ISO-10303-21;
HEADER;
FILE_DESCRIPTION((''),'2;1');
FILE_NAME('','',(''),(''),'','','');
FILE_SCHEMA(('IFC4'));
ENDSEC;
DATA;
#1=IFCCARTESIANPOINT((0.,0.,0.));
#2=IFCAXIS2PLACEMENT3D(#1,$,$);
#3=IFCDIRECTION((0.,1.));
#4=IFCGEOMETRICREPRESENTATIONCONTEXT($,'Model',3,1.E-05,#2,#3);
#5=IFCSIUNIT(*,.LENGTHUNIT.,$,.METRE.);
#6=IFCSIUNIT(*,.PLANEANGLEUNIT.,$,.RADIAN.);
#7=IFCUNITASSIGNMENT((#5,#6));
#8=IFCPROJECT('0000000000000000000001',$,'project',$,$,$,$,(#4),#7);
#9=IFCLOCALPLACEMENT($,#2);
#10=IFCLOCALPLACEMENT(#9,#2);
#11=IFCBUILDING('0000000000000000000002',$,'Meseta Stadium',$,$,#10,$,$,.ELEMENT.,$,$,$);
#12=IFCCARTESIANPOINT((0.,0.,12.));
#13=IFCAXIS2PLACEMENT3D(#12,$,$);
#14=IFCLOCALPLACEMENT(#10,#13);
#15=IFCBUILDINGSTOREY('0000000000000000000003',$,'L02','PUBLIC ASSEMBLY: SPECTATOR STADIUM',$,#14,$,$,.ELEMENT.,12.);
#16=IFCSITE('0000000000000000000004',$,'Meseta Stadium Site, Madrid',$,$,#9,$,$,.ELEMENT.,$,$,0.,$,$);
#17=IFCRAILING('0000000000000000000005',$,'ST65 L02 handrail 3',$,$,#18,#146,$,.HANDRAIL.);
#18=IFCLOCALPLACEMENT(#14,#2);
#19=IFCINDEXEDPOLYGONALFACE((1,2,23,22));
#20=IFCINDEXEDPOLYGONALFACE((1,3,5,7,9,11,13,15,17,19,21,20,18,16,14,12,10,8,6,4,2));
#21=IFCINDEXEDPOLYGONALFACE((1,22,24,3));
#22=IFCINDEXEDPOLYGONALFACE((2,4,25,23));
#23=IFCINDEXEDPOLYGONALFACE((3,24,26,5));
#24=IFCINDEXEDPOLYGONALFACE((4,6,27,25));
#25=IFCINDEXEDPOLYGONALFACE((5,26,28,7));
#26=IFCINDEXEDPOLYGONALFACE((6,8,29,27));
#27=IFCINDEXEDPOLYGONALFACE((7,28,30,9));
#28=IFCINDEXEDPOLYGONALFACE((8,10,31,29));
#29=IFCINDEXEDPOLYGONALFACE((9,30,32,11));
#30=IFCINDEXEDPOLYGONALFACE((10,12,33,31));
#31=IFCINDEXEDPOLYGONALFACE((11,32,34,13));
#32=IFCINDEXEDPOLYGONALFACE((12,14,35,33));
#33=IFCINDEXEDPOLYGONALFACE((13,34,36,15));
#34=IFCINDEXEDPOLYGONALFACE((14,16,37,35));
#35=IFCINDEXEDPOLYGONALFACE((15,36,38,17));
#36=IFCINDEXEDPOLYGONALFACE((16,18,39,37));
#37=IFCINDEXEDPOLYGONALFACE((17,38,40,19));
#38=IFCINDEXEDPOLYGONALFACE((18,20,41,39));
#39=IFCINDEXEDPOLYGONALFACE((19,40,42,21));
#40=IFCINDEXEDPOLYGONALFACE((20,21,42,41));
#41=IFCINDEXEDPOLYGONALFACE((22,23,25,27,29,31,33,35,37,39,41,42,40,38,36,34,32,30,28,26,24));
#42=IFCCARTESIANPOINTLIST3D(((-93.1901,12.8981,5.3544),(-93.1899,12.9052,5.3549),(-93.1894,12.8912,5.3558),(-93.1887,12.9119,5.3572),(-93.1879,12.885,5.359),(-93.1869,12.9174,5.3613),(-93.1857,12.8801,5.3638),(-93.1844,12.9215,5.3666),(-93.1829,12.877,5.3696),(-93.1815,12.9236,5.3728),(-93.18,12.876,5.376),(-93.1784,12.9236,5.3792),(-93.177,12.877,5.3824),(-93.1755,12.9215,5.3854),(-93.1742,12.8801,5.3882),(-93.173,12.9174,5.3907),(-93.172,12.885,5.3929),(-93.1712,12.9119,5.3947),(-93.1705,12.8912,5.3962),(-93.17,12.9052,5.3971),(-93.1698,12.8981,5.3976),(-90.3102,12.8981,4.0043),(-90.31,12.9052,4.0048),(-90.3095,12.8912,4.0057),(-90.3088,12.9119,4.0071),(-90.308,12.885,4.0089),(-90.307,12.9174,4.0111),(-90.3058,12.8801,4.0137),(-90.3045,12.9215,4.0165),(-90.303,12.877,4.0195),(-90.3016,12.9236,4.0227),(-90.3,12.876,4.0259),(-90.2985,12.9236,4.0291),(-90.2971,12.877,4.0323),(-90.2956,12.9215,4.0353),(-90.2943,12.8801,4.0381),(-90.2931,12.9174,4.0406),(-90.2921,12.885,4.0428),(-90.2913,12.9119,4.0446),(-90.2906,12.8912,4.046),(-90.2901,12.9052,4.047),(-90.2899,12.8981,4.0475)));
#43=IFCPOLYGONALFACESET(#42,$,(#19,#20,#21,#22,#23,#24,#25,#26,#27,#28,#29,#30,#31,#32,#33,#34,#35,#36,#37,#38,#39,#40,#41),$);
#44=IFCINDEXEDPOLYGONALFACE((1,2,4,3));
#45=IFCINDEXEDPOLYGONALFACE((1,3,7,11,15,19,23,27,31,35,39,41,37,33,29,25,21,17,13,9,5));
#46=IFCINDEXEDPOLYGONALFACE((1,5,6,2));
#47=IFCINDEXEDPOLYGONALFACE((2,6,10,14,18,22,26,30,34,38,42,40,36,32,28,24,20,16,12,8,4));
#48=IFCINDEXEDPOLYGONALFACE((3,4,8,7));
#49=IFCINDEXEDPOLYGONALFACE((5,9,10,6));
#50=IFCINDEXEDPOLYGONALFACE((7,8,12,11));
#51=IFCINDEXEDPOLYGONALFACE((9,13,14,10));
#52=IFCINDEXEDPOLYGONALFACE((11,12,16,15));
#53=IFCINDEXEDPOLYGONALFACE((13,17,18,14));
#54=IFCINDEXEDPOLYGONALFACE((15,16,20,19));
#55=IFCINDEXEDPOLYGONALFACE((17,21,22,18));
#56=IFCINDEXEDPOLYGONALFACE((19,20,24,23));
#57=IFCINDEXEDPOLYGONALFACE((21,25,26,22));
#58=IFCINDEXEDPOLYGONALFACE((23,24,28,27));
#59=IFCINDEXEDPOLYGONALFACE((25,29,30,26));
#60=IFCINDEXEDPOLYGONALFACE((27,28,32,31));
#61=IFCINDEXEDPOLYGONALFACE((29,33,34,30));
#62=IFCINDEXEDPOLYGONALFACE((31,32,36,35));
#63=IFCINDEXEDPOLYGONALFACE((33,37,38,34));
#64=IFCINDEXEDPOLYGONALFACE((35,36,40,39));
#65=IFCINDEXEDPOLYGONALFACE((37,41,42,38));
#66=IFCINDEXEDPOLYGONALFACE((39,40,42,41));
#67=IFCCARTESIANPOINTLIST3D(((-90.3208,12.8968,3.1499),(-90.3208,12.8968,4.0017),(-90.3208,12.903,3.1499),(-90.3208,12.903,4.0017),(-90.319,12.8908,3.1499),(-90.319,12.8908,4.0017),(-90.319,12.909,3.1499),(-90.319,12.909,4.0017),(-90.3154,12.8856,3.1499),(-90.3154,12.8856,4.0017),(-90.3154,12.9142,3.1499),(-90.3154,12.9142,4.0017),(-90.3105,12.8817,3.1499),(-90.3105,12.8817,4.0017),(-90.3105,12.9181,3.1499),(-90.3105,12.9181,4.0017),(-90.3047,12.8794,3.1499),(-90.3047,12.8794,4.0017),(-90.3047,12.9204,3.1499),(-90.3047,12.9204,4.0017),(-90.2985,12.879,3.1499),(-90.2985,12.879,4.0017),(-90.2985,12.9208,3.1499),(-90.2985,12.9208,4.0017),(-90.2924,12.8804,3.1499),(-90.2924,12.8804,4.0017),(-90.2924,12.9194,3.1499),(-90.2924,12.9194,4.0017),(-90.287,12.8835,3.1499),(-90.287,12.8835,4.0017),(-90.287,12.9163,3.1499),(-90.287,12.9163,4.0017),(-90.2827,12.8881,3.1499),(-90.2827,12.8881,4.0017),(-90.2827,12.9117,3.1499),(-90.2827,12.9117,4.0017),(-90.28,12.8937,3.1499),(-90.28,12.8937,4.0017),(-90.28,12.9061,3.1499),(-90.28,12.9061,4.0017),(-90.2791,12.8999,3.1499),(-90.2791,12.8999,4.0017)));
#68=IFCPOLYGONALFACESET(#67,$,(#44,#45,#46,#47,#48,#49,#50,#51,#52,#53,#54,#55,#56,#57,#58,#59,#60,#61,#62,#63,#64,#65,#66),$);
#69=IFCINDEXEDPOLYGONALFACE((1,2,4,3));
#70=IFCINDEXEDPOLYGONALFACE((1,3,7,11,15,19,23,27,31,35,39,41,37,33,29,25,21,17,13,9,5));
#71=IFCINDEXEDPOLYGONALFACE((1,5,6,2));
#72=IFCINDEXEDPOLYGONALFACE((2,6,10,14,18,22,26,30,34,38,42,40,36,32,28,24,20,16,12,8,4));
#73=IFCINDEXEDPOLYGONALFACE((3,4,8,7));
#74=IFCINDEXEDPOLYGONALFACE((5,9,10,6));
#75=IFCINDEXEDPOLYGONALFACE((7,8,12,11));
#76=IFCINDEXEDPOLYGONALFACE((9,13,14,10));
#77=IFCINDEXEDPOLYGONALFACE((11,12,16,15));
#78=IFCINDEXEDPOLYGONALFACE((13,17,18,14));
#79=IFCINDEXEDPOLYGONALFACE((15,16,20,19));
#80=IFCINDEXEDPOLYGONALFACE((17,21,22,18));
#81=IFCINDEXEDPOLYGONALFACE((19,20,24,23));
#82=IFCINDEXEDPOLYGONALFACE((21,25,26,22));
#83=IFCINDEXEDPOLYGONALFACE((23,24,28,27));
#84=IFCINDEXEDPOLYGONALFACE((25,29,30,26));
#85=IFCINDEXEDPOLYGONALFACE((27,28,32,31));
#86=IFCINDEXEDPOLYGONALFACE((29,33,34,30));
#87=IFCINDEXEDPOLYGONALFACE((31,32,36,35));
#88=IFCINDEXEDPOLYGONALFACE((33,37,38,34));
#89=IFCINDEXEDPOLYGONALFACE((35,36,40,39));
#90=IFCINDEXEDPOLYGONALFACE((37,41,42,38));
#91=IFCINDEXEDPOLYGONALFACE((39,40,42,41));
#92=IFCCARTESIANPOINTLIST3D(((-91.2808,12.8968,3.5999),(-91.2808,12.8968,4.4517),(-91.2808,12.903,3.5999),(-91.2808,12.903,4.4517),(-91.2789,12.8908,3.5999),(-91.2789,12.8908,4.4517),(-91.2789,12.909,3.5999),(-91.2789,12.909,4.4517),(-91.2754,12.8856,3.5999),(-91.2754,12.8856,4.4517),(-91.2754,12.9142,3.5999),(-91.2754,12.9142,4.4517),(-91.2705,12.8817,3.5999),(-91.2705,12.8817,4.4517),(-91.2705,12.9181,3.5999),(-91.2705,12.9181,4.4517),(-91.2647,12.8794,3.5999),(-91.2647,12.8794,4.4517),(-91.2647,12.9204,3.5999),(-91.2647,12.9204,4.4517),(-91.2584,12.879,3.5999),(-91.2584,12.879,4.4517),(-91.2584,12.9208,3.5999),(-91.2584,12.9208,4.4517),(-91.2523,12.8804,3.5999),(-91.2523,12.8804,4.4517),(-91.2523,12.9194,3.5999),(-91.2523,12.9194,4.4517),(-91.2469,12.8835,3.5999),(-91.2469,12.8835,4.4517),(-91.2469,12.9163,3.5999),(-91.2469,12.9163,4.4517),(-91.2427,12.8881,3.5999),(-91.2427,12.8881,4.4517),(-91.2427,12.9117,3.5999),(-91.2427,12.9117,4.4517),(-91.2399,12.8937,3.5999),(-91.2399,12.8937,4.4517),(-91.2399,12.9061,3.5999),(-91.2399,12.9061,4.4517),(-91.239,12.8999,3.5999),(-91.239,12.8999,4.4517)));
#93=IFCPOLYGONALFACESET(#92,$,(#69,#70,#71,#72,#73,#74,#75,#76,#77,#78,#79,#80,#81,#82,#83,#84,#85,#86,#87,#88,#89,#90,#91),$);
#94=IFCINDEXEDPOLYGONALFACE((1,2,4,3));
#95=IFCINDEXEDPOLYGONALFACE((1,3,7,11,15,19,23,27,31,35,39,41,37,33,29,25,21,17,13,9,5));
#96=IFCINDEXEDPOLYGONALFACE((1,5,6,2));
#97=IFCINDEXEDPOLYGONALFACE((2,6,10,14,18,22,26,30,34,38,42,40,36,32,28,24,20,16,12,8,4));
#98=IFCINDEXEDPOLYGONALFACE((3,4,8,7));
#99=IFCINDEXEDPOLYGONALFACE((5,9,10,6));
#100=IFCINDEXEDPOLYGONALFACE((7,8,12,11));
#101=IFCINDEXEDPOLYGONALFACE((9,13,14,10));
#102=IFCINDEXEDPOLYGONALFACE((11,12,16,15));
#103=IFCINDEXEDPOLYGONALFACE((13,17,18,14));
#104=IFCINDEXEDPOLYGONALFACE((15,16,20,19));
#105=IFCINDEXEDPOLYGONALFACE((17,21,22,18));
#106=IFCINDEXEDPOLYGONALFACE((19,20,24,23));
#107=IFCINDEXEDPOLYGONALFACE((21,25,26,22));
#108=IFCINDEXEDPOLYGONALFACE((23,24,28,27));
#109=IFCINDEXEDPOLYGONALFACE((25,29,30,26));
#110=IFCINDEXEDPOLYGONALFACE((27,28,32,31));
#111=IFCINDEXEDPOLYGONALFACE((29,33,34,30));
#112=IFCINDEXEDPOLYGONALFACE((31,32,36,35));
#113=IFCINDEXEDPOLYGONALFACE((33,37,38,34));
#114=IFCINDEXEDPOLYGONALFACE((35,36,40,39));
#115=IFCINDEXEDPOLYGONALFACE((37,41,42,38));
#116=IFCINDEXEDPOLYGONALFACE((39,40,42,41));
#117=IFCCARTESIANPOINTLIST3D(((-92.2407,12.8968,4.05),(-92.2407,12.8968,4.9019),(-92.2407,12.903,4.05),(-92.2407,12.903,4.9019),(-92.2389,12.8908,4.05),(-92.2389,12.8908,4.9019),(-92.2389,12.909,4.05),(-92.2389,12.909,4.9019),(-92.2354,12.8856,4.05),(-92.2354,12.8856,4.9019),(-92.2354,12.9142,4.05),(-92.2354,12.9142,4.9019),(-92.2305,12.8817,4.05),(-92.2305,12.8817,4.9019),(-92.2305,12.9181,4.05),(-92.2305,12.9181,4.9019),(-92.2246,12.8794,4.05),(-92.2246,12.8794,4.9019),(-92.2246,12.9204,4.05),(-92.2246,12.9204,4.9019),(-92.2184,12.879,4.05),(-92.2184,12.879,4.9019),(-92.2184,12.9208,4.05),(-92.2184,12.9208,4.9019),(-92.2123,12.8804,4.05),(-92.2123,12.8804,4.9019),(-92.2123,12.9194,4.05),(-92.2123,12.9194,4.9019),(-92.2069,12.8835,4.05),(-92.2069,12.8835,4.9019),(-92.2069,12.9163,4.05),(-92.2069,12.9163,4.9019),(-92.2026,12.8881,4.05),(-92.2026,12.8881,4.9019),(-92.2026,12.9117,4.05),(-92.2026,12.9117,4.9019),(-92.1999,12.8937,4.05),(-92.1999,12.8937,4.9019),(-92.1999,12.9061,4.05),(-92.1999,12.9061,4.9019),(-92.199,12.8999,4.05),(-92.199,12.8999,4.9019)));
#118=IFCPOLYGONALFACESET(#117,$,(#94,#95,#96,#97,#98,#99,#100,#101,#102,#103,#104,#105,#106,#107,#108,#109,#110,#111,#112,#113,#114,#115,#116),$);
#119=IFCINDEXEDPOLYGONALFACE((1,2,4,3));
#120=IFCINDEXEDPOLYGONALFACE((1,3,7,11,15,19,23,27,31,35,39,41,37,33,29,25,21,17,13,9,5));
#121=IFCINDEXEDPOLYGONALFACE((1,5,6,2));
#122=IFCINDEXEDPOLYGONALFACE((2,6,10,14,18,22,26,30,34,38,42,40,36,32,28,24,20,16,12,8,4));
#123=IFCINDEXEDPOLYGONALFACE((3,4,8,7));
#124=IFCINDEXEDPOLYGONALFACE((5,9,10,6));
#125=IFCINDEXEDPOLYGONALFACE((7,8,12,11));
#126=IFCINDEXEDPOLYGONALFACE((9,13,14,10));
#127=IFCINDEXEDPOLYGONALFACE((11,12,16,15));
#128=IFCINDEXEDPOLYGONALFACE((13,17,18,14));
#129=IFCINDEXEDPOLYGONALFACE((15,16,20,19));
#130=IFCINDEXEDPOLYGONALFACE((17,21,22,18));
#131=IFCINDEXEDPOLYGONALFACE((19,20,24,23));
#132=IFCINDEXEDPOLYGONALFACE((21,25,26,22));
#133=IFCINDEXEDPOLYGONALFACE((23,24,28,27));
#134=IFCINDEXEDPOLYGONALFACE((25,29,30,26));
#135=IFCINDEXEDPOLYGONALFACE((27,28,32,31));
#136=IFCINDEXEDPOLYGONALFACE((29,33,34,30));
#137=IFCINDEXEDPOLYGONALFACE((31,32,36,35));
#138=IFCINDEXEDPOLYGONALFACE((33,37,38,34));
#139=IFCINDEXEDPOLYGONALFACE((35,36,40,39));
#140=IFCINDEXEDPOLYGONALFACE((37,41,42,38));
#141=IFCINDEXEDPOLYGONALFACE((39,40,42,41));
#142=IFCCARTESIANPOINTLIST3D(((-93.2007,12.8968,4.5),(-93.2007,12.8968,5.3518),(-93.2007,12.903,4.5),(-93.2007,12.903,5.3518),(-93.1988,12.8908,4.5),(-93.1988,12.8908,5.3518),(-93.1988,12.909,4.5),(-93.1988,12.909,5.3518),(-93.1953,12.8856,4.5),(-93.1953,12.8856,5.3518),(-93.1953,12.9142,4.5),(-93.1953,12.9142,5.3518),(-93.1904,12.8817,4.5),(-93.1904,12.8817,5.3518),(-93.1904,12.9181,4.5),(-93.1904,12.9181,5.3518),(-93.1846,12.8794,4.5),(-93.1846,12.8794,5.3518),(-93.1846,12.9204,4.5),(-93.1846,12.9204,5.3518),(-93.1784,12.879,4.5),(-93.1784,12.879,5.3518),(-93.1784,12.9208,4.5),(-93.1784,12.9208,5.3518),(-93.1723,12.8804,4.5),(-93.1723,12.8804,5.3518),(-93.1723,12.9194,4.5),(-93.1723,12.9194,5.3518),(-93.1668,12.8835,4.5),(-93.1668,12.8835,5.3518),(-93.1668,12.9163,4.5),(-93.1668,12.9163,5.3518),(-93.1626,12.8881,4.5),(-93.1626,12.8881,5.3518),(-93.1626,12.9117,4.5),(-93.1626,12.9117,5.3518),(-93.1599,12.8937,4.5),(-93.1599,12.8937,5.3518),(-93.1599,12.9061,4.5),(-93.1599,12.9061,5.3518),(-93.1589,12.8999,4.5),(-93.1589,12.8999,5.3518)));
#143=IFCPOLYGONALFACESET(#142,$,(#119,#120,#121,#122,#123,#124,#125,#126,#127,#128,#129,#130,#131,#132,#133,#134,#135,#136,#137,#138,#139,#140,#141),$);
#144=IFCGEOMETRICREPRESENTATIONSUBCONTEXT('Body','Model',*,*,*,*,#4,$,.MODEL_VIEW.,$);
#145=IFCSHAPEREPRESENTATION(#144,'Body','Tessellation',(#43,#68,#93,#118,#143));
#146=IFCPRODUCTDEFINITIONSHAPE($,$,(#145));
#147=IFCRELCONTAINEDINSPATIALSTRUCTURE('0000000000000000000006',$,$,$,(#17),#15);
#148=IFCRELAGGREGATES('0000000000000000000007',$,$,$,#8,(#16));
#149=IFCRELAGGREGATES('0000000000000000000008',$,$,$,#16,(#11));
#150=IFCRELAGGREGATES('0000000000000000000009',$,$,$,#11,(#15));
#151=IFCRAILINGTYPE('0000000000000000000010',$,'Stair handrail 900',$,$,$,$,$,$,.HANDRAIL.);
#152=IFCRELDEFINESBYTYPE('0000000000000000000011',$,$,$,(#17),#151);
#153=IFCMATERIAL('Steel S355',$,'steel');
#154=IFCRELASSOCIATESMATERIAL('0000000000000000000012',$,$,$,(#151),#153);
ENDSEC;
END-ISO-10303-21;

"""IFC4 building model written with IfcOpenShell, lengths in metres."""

from ifc_helpers import new_model, si_unit, direction, frame, origin, origin_2d, place, context, subcontext, project, spatial, circle, extrude, material, type_object, element, save


model = new_model("IFC4")

# Units and contexts
model_context = context("Model", 3, precision=1e-05, world=origin(), true_north=direction((0.0, 1.0)))
body_context = subcontext(model_context, "Body", "Model", "MODEL_VIEW")
ifc_project = project(units=[si_unit("LENGTHUNIT", "METRE"), si_unit("PLANEANGLEUNIT", "RADIAN")], contexts=[model_context])

# Site, building, storey
site_placement = place(None, origin())
site = spatial("IfcSite", under=ifc_project, at=site_placement, Name="Meseta Stadium Site, Madrid", CompositionType="ELEMENT", RefElevation=0.0)
building_placement = place(site_placement, origin())
building = spatial("IfcBuilding", under=site, at=building_placement, Name="Meseta Stadium", CompositionType="ELEMENT")
storey_placement = place(building_placement, frame((0.0, 0.0, 12.0)))
storey = spatial("IfcBuildingStorey", under=building, at=storey_placement, Name="L02", Description="PUBLIC ASSEMBLY: SPECTATOR STADIUM", CompositionType="ELEMENT", Elevation=12.0)

# Railing
ifc_material_1 = material(Name="Steel S355", Category="steel")
railing_type_1 = type_object("IfcRailingType", Name="Stair handrail 900", PredefinedType="HANDRAIL", material=ifc_material_1)
railing_1_placement = place(storey_placement, frame((-90.3, 12.8999, 3.1499)))
element("IfcRailing", 1, at=railing_1_placement, inside=storey, type_object=railing_type_1, Name="ST65 L02 handrail 3", PredefinedType="HANDRAIL", context=body_context, shape_type="SweptSolid", body=[
    extrude(circle(Radius=0.0239, at=origin_2d()), frame((0.0, 0.0, 0.876), z_axis=(-0.90544, 0.0, 0.424473), x_axis=(0.0, -1.0, 0.0)), (0.0, 0.0, 1.0), 3.1807),
    extrude(circle(Radius=0.021, at=origin_2d()), origin(), (0.0, 0.0, 1.0), 0.8518),
    extrude(circle(Radius=0.021, at=origin_2d()), frame((-0.96, 0.0, 0.45)), (0.0, 0.0, 1.0), 0.8518),
    extrude(circle(Radius=0.021, at=origin_2d()), frame((-1.9199, 0.0, 0.9001)), (0.0, 0.0, 1.0), 0.8518),
    extrude(circle(Radius=0.021, at=origin_2d()), frame((-2.8799, 0.0, 1.3501)), (0.0, 0.0, 1.0), 0.8518),
])

save(model, "model.ifc")
